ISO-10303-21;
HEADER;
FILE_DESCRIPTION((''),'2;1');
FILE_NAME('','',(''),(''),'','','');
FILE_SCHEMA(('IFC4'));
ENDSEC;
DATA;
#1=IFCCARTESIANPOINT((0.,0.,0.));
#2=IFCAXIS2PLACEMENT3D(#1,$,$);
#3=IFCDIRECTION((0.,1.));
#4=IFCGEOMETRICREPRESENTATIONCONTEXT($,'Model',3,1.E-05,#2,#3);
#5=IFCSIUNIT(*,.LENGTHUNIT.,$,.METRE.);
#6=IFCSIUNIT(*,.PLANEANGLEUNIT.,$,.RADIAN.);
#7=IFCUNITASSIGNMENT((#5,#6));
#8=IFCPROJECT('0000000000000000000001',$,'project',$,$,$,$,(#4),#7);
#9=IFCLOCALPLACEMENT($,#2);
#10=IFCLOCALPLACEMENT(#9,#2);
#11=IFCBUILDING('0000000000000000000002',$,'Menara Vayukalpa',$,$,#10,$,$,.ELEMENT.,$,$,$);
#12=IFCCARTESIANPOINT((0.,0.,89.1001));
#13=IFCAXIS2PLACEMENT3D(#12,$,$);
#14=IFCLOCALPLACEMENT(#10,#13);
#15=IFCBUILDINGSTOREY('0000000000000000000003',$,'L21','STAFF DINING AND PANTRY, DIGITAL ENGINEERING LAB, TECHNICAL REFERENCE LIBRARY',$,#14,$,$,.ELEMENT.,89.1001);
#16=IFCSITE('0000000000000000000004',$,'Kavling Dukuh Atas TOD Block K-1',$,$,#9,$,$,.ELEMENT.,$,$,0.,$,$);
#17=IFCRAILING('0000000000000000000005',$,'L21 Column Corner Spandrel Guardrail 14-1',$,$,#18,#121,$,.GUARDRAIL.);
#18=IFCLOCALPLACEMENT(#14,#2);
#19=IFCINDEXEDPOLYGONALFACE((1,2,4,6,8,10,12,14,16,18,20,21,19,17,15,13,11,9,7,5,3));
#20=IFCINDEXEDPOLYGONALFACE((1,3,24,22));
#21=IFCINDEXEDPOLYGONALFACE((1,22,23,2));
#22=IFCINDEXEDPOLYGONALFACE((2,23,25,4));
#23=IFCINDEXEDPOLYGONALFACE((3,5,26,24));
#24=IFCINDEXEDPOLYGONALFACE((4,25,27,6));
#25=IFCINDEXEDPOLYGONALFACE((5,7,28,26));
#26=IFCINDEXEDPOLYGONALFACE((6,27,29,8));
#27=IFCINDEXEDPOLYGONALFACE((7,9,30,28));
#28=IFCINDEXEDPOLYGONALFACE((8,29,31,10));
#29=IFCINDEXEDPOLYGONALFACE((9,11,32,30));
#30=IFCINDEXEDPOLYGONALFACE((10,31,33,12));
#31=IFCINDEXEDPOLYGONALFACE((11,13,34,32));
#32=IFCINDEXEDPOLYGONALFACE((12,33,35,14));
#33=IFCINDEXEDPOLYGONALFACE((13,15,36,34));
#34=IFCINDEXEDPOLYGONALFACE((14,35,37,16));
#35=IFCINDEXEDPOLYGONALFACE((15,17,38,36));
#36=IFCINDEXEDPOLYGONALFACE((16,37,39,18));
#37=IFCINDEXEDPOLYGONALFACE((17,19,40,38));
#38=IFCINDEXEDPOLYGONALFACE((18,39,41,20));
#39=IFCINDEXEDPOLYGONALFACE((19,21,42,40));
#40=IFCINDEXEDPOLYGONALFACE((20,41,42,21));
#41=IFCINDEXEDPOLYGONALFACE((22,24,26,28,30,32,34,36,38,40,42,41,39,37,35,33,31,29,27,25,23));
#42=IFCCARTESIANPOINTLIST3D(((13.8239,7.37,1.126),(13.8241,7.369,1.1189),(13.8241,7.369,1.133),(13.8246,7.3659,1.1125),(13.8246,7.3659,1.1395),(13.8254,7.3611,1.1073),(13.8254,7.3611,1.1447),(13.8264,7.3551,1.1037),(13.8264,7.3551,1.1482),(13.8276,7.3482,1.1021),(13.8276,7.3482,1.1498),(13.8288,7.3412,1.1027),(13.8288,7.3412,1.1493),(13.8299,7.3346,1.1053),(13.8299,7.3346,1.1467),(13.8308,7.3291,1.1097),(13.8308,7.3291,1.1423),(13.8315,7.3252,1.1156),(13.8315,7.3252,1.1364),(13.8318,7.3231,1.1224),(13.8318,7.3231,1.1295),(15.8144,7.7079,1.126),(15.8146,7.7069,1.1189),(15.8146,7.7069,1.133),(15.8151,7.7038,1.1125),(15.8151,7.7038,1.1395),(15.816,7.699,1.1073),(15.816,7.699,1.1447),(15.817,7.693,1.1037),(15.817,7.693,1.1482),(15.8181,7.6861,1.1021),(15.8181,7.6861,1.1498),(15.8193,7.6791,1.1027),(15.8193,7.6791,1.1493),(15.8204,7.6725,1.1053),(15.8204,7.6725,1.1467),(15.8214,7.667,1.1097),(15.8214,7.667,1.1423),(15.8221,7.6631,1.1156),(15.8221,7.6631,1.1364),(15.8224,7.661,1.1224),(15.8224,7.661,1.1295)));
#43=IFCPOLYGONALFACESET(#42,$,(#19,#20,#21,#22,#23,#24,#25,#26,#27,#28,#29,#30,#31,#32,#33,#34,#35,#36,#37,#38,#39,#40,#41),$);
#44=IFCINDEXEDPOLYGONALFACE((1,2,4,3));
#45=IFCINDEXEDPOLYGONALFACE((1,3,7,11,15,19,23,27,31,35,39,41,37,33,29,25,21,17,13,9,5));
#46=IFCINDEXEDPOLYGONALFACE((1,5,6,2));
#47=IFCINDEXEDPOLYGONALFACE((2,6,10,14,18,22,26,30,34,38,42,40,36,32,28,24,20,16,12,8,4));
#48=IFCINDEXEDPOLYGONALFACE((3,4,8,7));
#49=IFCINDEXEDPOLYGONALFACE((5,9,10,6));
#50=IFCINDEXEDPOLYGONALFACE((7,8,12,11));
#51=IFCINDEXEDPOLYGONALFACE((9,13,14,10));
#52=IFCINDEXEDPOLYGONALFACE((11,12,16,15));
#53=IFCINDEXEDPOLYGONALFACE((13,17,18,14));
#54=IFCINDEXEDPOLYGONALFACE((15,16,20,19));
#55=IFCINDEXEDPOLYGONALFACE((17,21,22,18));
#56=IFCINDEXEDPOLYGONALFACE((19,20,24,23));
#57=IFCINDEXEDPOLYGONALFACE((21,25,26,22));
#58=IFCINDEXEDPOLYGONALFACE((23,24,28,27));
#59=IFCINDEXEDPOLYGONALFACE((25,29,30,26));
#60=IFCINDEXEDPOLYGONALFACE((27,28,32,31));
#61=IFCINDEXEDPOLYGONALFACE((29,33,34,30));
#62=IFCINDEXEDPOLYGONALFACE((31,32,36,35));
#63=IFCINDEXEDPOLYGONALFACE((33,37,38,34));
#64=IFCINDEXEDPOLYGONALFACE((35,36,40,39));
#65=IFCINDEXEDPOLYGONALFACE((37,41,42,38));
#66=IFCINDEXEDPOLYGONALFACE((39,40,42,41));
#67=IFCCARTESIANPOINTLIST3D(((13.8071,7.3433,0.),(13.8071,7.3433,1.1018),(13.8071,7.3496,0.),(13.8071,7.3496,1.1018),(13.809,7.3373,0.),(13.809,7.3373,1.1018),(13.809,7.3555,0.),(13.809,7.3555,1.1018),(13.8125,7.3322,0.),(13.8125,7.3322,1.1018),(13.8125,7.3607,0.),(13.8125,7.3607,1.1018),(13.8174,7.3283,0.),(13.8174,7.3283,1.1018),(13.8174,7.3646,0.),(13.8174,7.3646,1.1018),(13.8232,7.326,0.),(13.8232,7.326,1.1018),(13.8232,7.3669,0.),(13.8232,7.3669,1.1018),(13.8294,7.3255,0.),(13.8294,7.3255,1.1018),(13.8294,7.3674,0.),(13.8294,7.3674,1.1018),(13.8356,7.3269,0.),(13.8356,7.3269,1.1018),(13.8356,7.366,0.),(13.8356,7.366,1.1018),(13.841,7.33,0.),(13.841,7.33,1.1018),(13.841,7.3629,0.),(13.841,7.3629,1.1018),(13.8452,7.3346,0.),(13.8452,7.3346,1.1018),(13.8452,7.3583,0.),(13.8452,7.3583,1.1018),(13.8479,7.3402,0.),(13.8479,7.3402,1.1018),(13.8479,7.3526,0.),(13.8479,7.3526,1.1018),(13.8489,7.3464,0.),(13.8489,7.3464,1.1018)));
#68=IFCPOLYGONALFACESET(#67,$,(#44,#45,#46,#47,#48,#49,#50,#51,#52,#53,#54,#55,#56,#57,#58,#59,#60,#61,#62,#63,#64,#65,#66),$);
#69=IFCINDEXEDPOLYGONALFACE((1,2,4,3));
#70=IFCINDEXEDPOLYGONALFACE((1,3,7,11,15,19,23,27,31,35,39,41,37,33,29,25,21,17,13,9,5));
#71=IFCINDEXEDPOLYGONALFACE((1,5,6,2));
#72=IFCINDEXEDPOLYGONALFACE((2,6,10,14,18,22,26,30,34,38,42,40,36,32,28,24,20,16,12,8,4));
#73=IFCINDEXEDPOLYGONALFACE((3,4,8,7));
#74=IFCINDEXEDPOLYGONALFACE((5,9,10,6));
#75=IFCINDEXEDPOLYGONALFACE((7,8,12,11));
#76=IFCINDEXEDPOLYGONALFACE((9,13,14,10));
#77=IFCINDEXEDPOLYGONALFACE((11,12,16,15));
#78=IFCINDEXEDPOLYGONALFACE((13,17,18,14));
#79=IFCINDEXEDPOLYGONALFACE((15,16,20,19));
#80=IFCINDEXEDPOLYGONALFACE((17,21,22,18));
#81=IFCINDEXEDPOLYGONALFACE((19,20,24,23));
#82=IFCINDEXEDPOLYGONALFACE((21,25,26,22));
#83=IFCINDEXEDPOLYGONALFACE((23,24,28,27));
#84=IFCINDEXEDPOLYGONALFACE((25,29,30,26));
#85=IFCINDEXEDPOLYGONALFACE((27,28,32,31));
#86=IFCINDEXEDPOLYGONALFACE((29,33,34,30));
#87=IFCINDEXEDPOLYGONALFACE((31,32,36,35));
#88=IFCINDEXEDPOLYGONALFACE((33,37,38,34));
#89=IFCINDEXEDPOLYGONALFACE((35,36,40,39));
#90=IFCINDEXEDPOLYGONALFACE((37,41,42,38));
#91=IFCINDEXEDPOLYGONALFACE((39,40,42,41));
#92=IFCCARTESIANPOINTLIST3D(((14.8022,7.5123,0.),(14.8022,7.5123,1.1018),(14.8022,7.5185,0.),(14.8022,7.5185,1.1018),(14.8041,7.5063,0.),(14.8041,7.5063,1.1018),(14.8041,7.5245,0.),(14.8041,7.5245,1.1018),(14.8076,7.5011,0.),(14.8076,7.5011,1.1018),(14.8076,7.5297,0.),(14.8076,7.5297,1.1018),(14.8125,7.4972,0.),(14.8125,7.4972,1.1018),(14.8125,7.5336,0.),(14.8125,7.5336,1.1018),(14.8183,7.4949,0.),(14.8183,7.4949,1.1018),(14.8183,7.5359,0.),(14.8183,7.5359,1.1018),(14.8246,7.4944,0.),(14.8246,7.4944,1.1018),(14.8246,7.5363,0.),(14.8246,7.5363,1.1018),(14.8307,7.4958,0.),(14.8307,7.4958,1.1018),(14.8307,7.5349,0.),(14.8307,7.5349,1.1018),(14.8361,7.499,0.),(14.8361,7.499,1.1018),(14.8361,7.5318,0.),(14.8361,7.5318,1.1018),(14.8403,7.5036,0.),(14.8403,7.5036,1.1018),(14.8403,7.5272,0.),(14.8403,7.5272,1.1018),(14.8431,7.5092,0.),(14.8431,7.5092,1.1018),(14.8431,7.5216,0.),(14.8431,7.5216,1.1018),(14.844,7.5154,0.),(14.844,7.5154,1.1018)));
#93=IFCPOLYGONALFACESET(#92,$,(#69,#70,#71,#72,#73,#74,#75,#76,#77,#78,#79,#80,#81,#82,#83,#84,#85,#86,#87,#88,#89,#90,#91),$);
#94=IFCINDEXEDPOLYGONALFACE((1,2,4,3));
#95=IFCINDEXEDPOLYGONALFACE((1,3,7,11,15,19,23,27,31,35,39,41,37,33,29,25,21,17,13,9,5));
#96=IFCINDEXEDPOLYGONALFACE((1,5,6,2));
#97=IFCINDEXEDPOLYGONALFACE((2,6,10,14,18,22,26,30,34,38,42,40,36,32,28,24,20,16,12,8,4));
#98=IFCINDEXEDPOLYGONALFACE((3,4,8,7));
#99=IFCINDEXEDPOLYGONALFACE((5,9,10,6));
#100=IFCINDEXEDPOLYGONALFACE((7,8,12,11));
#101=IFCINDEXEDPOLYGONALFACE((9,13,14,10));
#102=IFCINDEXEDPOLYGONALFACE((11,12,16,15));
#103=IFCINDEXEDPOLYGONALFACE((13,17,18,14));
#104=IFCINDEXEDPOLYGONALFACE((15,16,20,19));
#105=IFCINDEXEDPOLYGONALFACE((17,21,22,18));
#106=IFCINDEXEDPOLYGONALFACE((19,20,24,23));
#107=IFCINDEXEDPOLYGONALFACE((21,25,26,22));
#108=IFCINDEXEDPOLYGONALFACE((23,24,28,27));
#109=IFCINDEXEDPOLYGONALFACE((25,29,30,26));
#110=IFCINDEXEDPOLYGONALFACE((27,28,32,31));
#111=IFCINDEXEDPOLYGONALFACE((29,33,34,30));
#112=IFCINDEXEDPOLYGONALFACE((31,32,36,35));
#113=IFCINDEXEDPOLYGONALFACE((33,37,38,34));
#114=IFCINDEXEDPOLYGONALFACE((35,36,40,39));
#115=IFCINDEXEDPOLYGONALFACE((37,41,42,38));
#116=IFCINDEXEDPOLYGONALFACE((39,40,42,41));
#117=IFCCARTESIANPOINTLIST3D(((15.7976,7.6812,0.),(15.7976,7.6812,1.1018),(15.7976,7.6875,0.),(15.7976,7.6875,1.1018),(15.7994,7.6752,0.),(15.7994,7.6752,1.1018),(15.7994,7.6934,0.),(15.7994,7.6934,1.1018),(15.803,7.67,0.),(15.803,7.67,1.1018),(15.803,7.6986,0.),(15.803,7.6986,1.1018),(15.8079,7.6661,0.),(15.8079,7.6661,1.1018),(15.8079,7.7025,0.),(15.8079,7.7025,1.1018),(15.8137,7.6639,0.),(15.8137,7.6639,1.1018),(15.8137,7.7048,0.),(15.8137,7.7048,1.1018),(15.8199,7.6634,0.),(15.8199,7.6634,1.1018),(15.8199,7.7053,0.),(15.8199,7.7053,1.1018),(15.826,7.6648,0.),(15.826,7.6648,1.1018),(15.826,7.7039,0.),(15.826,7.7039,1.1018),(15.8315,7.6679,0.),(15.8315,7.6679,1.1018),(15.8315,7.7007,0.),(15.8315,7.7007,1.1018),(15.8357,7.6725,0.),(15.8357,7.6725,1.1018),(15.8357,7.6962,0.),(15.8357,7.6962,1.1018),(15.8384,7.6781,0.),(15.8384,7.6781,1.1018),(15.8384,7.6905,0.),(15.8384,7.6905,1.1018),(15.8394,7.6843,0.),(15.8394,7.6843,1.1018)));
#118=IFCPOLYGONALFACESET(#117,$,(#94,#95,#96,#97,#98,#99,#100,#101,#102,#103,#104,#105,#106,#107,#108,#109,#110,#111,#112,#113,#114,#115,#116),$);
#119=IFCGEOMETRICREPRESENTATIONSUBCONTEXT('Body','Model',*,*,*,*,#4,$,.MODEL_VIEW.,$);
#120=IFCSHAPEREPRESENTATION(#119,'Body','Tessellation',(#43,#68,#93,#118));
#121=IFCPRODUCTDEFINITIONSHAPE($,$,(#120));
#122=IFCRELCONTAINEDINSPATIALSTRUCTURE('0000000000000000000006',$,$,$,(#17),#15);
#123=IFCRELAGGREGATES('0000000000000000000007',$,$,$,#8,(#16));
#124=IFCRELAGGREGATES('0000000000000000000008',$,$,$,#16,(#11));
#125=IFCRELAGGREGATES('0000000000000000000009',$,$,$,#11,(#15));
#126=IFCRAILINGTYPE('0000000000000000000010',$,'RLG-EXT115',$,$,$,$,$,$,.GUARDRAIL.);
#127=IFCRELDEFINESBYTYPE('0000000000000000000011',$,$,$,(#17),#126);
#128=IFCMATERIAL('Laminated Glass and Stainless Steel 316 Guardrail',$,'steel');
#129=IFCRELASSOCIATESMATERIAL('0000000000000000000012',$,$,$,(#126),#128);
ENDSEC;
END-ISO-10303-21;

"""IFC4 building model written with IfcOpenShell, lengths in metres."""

from ifc_helpers import new_model, si_unit, direction, frame, origin, origin_2d, place, context, subcontext, project, spatial, circle, extrude, material, type_object, element, save


model = new_model("IFC4")

# Units and contexts
model_context = context("Model", 3, precision=1e-05, world=origin(), true_north=direction((0.0, 1.0)))
body_context = subcontext(model_context, "Body", "Model", "MODEL_VIEW")
ifc_project = project(units=[si_unit("LENGTHUNIT", "METRE"), si_unit("PLANEANGLEUNIT", "RADIAN")], contexts=[model_context])

# Site, building, storey
site_placement = place(None, origin())
site = spatial("IfcSite", under=ifc_project, at=site_placement, Name="Kavling Dukuh Atas TOD Block K-1", CompositionType="ELEMENT", RefElevation=0.0)
building_placement = place(site_placement, origin())
building = spatial("IfcBuilding", under=site, at=building_placement, Name="Menara Vayukalpa", CompositionType="ELEMENT")
storey_placement = place(building_placement, frame((0.0, 0.0, 89.1001)))
storey = spatial("IfcBuildingStorey", under=building, at=storey_placement, Name="L21", Description="STAFF DINING AND PANTRY, DIGITAL ENGINEERING LAB, TECHNICAL REFERENCE LIBRARY", CompositionType="ELEMENT", Elevation=89.1001)

# Railing
ifc_material_1 = material(Name="Laminated Glass and Stainless Steel 316 Guardrail", Category="steel")
railing_type = type_object("IfcRailingType", Name="RLG-EXT115", PredefinedType="GUARDRAIL", material=ifc_material_1)
railing_1_placement = place(storey_placement, frame((13.8279, 7.3464, 0.0)))
element("IfcRailing", 1, at=railing_1_placement, inside=storey, type_object=railing_type, Name="L21 Column Corner Spandrel Guardrail 14-1", PredefinedType="GUARDRAIL", context=body_context, shape_type="SweptSolid", body=[
    extrude(circle(Radius=0.0239, at=origin_2d()), frame((0.0, 0.0, 1.126), z_axis=(0.985896, 0.167359, 0.0), x_axis=(-0.167359, 0.985896, 0.0)), (0.0, 0.0, 1.0), 2.019),
    extrude(circle(Radius=0.021, at=origin_2d()), origin(), (0.0, 0.0, 1.0), 1.1018),
    extrude(circle(Radius=0.021, at=origin_2d()), frame((0.9951, 0.1689, 0.0)), (0.0, 0.0, 1.0), 1.1018),
    extrude(circle(Radius=0.021, at=origin_2d()), frame((1.9905, 0.3379, 0.0)), (0.0, 0.0, 1.0), 1.1018),
])

save(model, "model.ifc")
